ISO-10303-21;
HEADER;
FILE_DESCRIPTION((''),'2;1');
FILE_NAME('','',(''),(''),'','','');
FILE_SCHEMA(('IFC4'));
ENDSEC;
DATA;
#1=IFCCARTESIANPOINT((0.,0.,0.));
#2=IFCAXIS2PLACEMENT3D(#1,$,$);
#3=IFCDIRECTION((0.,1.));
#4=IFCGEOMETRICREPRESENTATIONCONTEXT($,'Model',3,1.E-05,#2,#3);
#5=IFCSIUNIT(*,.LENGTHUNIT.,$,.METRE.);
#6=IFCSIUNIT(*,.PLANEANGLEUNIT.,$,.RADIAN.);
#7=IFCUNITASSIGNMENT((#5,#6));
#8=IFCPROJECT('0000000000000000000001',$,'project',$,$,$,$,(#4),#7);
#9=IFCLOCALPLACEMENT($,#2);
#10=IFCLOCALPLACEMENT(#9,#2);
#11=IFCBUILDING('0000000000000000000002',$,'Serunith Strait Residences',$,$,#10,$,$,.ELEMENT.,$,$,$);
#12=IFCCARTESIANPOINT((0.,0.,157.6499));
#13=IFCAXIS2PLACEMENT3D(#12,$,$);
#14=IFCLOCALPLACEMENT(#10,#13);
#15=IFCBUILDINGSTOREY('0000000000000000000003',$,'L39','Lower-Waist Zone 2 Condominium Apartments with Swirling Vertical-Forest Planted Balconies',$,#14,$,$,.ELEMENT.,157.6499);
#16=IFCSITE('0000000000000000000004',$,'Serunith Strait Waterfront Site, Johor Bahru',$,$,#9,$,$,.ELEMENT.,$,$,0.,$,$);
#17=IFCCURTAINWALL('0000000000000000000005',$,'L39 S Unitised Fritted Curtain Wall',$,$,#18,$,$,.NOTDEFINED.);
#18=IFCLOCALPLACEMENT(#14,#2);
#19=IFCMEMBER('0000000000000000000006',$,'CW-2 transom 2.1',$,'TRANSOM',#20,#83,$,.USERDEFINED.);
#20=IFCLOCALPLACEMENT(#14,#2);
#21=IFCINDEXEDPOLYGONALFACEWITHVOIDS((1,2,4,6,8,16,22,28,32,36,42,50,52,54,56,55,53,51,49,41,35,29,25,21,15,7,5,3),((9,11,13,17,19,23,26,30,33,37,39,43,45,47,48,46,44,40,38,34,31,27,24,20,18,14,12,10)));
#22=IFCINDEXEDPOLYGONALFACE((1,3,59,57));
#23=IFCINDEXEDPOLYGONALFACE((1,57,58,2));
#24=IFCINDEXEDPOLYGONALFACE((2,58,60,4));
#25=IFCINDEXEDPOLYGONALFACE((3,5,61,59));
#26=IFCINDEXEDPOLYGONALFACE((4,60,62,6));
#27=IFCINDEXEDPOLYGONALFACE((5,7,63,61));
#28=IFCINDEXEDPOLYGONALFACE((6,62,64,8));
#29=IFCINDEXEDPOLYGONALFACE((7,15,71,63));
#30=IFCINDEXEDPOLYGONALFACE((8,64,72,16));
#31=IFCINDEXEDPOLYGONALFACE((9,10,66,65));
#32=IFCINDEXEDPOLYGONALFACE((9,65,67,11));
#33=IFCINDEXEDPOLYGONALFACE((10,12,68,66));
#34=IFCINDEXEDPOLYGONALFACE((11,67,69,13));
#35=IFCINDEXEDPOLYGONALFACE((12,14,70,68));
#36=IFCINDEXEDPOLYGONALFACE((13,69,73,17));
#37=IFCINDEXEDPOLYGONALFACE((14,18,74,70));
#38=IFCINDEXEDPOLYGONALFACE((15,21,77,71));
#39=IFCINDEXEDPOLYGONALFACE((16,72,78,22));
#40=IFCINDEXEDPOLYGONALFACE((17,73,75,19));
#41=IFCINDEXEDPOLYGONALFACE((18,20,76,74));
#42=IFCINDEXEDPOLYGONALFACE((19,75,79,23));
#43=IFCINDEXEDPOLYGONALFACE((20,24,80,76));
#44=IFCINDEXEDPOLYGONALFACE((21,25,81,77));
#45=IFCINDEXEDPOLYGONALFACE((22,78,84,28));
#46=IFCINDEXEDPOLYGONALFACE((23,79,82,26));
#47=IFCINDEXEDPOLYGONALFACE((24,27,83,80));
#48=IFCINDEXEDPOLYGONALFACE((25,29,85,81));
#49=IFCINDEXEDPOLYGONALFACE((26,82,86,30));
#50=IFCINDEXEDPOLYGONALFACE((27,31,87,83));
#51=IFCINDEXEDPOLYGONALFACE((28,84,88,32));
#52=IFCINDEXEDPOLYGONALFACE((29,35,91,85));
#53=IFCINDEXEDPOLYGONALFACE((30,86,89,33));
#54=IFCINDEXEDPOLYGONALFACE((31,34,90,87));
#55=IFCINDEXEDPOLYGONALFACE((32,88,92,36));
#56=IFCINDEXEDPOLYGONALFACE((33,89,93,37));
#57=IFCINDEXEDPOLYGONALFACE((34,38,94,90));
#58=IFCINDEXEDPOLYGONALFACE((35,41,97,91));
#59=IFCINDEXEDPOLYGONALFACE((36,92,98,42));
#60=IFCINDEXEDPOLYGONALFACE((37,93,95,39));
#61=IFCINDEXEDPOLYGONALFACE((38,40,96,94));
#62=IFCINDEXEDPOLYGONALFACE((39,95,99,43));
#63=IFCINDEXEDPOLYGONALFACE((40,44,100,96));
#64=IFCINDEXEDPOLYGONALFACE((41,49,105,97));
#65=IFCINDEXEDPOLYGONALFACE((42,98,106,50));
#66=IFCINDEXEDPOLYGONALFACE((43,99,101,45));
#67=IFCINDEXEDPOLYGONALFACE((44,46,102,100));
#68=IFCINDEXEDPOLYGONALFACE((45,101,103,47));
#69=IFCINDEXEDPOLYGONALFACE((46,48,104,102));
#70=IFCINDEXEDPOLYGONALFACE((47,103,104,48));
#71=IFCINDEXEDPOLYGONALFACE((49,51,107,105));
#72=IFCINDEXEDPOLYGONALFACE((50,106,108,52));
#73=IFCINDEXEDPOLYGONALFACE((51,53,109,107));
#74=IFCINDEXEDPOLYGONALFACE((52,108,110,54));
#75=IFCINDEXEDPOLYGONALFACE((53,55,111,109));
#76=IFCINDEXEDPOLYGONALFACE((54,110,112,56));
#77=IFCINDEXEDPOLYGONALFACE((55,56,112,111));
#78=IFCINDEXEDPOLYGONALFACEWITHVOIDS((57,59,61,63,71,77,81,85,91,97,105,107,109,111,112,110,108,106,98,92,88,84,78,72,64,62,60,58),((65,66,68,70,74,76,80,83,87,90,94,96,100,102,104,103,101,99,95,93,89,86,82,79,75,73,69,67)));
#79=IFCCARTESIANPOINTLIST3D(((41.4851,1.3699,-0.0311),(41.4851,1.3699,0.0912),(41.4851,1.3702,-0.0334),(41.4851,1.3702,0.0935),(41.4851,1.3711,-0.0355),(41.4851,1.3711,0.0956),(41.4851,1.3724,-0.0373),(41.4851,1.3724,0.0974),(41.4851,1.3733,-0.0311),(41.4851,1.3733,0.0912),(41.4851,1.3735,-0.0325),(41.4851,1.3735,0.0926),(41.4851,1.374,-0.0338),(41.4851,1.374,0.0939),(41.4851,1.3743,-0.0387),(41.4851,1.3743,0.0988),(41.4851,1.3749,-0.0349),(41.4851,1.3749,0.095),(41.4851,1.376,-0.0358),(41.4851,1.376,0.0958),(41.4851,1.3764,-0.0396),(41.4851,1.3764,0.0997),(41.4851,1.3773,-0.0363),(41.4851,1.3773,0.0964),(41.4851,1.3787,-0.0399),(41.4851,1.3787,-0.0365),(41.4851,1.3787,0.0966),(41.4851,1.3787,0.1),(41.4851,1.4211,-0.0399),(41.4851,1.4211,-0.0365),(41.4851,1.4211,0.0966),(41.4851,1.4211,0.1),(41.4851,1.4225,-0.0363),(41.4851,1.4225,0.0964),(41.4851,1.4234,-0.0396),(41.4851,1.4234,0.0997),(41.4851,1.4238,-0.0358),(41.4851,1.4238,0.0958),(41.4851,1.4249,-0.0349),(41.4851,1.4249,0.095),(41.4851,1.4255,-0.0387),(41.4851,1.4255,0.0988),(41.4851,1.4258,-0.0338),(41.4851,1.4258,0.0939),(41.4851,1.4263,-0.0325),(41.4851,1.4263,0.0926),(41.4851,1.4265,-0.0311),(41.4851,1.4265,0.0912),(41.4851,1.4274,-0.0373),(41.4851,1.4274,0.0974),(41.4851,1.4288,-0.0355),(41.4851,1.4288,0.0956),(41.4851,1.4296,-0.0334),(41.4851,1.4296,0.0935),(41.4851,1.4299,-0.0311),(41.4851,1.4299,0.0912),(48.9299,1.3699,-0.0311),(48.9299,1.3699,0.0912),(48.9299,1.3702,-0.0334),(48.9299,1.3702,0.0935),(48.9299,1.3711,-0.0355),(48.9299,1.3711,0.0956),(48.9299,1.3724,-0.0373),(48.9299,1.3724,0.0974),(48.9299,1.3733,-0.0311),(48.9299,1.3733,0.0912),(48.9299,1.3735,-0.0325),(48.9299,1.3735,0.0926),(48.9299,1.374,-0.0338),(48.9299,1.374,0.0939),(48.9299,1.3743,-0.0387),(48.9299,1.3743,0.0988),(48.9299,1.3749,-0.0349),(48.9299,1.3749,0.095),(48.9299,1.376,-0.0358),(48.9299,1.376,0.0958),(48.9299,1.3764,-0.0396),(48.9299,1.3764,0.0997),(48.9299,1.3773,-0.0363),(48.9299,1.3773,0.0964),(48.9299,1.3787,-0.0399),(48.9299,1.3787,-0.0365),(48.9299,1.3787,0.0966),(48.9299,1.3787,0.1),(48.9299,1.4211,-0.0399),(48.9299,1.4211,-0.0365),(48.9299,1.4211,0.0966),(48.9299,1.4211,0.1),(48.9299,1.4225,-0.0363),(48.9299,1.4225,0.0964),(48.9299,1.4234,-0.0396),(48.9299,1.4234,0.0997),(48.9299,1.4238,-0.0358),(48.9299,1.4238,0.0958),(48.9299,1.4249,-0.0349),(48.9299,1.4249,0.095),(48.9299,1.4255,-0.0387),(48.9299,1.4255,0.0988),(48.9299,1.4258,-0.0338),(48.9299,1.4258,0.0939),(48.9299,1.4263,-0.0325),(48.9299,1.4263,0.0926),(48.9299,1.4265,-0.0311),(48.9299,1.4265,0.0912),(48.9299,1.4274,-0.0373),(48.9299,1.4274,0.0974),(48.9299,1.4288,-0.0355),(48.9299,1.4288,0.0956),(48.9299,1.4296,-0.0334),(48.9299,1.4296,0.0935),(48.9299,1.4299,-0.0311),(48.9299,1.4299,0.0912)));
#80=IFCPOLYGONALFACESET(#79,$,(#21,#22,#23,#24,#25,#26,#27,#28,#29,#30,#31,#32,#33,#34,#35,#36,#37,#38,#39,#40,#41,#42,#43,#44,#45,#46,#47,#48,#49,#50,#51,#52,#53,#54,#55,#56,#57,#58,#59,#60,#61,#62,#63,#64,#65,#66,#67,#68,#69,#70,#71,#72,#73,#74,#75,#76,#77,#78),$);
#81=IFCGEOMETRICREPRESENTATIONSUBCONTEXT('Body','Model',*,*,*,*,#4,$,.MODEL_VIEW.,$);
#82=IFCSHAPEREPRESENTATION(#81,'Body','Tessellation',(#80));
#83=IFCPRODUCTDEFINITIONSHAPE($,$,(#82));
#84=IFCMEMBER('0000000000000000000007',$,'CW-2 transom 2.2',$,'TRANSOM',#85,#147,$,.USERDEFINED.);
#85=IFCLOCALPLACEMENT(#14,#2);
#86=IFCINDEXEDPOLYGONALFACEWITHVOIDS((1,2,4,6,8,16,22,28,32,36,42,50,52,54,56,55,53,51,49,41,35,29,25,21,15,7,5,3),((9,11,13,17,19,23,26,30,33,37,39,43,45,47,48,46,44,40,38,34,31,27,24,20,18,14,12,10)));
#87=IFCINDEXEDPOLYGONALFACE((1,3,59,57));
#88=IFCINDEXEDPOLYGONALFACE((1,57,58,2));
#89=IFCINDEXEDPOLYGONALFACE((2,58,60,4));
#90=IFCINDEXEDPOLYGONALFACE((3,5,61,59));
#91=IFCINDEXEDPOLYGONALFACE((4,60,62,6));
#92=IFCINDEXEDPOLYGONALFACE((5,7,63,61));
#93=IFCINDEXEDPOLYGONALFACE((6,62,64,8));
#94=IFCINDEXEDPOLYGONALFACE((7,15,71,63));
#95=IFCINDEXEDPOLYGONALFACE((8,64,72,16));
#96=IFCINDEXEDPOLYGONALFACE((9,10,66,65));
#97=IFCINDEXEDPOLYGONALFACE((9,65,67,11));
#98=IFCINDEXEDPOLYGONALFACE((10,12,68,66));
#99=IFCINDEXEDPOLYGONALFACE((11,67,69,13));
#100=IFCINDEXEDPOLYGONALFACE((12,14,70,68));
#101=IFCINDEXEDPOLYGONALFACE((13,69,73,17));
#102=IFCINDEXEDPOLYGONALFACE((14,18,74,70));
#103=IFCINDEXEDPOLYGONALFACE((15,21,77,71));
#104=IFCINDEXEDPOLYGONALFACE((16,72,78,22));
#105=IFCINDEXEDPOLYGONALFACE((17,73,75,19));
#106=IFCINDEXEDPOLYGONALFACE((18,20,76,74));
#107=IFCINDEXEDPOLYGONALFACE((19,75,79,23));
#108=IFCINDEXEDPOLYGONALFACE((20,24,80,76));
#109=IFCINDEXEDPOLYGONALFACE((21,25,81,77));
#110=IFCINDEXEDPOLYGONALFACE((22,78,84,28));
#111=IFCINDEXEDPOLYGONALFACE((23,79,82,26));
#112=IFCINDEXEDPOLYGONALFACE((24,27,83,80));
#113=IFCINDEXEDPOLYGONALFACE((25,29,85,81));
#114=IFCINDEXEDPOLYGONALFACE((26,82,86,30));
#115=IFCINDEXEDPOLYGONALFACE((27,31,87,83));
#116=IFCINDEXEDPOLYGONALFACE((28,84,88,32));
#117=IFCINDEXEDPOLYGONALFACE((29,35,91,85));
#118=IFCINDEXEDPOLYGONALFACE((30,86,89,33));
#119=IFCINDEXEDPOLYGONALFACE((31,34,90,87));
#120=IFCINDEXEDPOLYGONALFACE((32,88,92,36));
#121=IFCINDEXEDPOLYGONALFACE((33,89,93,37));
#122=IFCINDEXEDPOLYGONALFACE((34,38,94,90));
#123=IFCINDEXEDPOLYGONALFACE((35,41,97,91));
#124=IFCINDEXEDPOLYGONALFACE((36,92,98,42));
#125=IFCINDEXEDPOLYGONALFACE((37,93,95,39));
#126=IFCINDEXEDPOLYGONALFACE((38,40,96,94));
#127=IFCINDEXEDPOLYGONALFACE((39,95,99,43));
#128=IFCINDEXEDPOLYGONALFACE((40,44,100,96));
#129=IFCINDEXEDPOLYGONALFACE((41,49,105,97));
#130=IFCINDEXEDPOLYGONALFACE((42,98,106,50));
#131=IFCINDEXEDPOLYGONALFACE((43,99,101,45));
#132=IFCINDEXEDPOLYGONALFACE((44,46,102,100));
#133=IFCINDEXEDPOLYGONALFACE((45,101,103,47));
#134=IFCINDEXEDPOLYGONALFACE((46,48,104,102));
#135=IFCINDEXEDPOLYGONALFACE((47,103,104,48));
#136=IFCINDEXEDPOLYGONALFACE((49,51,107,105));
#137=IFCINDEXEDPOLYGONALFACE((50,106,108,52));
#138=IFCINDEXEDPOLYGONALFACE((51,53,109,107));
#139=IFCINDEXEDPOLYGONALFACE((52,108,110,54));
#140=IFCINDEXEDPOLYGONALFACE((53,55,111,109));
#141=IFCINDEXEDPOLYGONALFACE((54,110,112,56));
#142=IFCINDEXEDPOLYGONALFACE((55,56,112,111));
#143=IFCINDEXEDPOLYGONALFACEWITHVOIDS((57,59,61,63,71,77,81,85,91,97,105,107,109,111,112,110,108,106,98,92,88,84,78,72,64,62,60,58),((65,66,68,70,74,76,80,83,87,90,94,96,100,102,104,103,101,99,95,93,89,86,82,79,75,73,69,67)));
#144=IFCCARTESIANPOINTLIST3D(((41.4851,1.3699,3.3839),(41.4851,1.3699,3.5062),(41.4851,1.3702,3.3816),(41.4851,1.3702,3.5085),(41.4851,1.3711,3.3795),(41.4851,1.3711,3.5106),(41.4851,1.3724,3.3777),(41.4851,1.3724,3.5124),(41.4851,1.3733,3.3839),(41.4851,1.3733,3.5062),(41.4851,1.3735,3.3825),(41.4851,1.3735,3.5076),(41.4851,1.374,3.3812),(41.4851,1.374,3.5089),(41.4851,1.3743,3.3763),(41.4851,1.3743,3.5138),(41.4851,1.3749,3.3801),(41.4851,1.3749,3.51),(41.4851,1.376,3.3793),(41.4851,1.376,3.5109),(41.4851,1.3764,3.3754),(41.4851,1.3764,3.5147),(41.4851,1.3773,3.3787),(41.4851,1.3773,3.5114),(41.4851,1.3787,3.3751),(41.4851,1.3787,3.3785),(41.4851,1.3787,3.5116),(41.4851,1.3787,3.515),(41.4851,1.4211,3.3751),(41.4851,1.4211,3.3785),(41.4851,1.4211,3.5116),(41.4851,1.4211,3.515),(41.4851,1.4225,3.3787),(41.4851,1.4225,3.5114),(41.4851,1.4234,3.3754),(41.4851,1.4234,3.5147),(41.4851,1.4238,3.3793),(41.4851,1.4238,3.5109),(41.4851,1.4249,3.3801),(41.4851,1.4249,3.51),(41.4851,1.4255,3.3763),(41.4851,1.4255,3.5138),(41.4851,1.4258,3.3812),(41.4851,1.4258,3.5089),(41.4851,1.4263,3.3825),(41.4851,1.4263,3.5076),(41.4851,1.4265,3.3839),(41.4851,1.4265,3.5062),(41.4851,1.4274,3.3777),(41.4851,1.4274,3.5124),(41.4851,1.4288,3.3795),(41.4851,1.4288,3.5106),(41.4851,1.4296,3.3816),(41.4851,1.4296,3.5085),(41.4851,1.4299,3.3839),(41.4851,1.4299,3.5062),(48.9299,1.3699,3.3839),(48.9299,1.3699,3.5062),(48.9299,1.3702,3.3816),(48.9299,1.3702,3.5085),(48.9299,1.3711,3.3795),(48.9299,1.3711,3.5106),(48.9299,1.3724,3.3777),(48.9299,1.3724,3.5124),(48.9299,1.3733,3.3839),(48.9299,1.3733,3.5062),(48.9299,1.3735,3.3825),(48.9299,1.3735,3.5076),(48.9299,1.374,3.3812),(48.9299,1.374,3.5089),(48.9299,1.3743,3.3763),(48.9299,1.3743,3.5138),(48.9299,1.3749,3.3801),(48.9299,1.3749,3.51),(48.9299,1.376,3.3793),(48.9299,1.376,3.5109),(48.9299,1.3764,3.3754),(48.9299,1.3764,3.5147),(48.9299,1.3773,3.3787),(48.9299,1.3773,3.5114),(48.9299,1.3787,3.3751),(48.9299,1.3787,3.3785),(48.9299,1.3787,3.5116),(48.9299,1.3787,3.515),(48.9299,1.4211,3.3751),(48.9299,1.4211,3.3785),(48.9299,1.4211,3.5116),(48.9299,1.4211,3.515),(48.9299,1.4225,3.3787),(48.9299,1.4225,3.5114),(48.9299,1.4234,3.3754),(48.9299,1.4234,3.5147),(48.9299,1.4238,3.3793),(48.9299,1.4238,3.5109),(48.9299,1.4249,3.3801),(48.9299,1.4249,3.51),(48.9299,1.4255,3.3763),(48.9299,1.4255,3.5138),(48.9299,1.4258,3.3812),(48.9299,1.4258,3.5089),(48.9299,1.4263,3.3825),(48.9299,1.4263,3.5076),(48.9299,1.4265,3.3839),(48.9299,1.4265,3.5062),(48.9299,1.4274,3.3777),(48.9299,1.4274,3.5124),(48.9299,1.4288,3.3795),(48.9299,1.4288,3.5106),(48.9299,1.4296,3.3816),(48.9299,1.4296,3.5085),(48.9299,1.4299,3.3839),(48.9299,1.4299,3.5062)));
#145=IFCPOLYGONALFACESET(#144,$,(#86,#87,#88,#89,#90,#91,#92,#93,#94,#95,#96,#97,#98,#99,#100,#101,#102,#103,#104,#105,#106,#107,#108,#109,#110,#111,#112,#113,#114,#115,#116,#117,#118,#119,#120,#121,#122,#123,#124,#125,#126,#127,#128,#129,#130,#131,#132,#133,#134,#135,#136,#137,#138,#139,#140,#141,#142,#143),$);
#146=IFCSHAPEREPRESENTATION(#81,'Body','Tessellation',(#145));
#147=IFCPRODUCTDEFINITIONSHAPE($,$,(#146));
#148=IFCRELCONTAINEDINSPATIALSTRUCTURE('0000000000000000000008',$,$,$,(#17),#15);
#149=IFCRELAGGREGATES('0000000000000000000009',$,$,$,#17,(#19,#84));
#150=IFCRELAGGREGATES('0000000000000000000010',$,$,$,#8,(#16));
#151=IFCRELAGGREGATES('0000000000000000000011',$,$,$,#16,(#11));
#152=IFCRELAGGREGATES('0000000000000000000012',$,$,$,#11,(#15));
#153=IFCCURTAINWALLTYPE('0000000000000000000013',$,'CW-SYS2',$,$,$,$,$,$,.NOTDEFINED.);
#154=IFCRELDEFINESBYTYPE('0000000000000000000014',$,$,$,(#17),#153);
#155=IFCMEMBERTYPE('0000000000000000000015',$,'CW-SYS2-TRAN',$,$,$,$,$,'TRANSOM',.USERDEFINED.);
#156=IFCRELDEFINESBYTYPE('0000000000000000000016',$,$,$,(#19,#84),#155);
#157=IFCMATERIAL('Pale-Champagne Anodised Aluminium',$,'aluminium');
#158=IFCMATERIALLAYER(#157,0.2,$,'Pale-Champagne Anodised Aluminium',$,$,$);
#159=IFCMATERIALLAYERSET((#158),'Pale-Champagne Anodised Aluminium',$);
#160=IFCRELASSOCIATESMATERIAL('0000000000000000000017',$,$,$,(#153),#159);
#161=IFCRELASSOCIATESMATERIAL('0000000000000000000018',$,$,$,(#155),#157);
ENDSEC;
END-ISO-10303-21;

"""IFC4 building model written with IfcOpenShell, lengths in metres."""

from ifc_helpers import new_model, si_unit, direction, frame, origin, origin_2d, place, context, subcontext, project, spatial, hollow_rectangle, extrude, source, transform, mapped, material, layer, layer_set, material_profile, profile_set, type_object, element, aggregate, save


model = new_model("IFC4")

# Units and contexts
model_context = context("Model", 3, precision=1e-05, world=origin(), true_north=direction((0.0, 1.0)))
body_context = subcontext(model_context, "Body", "Model", "MODEL_VIEW")
ifc_project = project(units=[si_unit("LENGTHUNIT", "METRE"), si_unit("PLANEANGLEUNIT", "RADIAN")], contexts=[model_context])

# Site, building, storey
site_placement = place(None, origin())
site = spatial("IfcSite", under=ifc_project, at=site_placement, Name="Serunith Strait Waterfront Site, Johor Bahru", CompositionType="ELEMENT", RefElevation=0.0)
building_placement = place(site_placement, origin())
building = spatial("IfcBuilding", under=site, at=building_placement, Name="Serunith Strait Residences", CompositionType="ELEMENT")
storey_placement = place(building_placement, frame((0.0, 0.0, 157.6499)))
storey = spatial("IfcBuildingStorey", under=building, at=storey_placement, Name="L39", Description="Lower-Waist Zone 2 Condominium Apartments with Swirling Vertical-Forest Planted Balconies", CompositionType="ELEMENT", Elevation=157.6499)

# Curtain wall, members
ifc_material_1 = material(Name="Pale-Champagne Anodised Aluminium", Category="aluminium")
ifc_layer_1 = layer(ifc_material_1, 0.2, Name="Pale-Champagne Anodised Aluminium")
ifc_layer_set_1 = layer_set([ifc_layer_1], Name="Pale-Champagne Anodised Aluminium")
curtain_wall_type = type_object("IfcCurtainWallType", Name="CW-SYS2", PredefinedType="NOTDEFINED", material=ifc_layer_set_1)
curtain_wall_placement = place(storey_placement, origin())
curtain_wall = element("IfcCurtainWall", 1, at=curtain_wall_placement, inside=storey, type_object=curtain_wall_type, Name="L39 S Unitised Fritted Curtain Wall", PredefinedType="NOTDEFINED")
ifc_material_profile_1 = material_profile(ifc_material_1, hollow_rectangle(XDim=0.0601, YDim=0.1399, WallThickness=0.0034, InnerFilletRadius=0.0054, OuterFilletRadius=0.0088, at=origin_2d()), Name="ALU 140x60x3.5")
ifc_profile_set_1 = profile_set([ifc_material_profile_1], Name="Pale-Champagne Anodised Aluminium")
member_type_1 = type_object("IfcMemberType", Name="CW-SYS2-TRAN", ElementType="TRANSOM", PredefinedType="USERDEFINED", material=ifc_profile_set_1)
shared_shape_1 = source(origin(), body_context, "Body", "SweptSolid", [
    extrude(hollow_rectangle(XDim=0.0601, YDim=0.1399, WallThickness=0.0034, InnerFilletRadius=0.0054, OuterFilletRadius=0.0088, at=origin_2d()), origin(), (0.0, 0.0, 1.0), 7.4448),
])
member_1_placement = place(storey_placement, frame((41.4851, 1.3999, 0.03), z_axis=(1.0, 0.0, 0.0), x_axis=(0.0, 1.0, 0.0)))
member_1 = element("IfcMember", 2, at=member_1_placement, type_object=member_type_1, Name="CW-2 transom 2.1", ObjectType="TRANSOM", PredefinedType="USERDEFINED", context=body_context, shape_type="MappedRepresentation", body=[
    mapped(shared_shape_1, transform((0.0, 0.0, 0.0), scale=1.0)),
])
member_2_placement = place(storey_placement, frame((41.4851, 1.3999, 3.4451), z_axis=(1.0, 0.0, 0.0), x_axis=(0.0, 1.0, 0.0)))
member_2 = element("IfcMember", 3, at=member_2_placement, type_object=member_type_1, Name="CW-2 transom 2.2", ObjectType="TRANSOM", PredefinedType="USERDEFINED", context=body_context, shape_type="MappedRepresentation", body=[
    mapped(shared_shape_1, transform((0.0, 0.0, 0.0), scale=1.0)),
])
aggregate(curtain_wall, [member_1, member_2])

save(model, "model.ifc")
